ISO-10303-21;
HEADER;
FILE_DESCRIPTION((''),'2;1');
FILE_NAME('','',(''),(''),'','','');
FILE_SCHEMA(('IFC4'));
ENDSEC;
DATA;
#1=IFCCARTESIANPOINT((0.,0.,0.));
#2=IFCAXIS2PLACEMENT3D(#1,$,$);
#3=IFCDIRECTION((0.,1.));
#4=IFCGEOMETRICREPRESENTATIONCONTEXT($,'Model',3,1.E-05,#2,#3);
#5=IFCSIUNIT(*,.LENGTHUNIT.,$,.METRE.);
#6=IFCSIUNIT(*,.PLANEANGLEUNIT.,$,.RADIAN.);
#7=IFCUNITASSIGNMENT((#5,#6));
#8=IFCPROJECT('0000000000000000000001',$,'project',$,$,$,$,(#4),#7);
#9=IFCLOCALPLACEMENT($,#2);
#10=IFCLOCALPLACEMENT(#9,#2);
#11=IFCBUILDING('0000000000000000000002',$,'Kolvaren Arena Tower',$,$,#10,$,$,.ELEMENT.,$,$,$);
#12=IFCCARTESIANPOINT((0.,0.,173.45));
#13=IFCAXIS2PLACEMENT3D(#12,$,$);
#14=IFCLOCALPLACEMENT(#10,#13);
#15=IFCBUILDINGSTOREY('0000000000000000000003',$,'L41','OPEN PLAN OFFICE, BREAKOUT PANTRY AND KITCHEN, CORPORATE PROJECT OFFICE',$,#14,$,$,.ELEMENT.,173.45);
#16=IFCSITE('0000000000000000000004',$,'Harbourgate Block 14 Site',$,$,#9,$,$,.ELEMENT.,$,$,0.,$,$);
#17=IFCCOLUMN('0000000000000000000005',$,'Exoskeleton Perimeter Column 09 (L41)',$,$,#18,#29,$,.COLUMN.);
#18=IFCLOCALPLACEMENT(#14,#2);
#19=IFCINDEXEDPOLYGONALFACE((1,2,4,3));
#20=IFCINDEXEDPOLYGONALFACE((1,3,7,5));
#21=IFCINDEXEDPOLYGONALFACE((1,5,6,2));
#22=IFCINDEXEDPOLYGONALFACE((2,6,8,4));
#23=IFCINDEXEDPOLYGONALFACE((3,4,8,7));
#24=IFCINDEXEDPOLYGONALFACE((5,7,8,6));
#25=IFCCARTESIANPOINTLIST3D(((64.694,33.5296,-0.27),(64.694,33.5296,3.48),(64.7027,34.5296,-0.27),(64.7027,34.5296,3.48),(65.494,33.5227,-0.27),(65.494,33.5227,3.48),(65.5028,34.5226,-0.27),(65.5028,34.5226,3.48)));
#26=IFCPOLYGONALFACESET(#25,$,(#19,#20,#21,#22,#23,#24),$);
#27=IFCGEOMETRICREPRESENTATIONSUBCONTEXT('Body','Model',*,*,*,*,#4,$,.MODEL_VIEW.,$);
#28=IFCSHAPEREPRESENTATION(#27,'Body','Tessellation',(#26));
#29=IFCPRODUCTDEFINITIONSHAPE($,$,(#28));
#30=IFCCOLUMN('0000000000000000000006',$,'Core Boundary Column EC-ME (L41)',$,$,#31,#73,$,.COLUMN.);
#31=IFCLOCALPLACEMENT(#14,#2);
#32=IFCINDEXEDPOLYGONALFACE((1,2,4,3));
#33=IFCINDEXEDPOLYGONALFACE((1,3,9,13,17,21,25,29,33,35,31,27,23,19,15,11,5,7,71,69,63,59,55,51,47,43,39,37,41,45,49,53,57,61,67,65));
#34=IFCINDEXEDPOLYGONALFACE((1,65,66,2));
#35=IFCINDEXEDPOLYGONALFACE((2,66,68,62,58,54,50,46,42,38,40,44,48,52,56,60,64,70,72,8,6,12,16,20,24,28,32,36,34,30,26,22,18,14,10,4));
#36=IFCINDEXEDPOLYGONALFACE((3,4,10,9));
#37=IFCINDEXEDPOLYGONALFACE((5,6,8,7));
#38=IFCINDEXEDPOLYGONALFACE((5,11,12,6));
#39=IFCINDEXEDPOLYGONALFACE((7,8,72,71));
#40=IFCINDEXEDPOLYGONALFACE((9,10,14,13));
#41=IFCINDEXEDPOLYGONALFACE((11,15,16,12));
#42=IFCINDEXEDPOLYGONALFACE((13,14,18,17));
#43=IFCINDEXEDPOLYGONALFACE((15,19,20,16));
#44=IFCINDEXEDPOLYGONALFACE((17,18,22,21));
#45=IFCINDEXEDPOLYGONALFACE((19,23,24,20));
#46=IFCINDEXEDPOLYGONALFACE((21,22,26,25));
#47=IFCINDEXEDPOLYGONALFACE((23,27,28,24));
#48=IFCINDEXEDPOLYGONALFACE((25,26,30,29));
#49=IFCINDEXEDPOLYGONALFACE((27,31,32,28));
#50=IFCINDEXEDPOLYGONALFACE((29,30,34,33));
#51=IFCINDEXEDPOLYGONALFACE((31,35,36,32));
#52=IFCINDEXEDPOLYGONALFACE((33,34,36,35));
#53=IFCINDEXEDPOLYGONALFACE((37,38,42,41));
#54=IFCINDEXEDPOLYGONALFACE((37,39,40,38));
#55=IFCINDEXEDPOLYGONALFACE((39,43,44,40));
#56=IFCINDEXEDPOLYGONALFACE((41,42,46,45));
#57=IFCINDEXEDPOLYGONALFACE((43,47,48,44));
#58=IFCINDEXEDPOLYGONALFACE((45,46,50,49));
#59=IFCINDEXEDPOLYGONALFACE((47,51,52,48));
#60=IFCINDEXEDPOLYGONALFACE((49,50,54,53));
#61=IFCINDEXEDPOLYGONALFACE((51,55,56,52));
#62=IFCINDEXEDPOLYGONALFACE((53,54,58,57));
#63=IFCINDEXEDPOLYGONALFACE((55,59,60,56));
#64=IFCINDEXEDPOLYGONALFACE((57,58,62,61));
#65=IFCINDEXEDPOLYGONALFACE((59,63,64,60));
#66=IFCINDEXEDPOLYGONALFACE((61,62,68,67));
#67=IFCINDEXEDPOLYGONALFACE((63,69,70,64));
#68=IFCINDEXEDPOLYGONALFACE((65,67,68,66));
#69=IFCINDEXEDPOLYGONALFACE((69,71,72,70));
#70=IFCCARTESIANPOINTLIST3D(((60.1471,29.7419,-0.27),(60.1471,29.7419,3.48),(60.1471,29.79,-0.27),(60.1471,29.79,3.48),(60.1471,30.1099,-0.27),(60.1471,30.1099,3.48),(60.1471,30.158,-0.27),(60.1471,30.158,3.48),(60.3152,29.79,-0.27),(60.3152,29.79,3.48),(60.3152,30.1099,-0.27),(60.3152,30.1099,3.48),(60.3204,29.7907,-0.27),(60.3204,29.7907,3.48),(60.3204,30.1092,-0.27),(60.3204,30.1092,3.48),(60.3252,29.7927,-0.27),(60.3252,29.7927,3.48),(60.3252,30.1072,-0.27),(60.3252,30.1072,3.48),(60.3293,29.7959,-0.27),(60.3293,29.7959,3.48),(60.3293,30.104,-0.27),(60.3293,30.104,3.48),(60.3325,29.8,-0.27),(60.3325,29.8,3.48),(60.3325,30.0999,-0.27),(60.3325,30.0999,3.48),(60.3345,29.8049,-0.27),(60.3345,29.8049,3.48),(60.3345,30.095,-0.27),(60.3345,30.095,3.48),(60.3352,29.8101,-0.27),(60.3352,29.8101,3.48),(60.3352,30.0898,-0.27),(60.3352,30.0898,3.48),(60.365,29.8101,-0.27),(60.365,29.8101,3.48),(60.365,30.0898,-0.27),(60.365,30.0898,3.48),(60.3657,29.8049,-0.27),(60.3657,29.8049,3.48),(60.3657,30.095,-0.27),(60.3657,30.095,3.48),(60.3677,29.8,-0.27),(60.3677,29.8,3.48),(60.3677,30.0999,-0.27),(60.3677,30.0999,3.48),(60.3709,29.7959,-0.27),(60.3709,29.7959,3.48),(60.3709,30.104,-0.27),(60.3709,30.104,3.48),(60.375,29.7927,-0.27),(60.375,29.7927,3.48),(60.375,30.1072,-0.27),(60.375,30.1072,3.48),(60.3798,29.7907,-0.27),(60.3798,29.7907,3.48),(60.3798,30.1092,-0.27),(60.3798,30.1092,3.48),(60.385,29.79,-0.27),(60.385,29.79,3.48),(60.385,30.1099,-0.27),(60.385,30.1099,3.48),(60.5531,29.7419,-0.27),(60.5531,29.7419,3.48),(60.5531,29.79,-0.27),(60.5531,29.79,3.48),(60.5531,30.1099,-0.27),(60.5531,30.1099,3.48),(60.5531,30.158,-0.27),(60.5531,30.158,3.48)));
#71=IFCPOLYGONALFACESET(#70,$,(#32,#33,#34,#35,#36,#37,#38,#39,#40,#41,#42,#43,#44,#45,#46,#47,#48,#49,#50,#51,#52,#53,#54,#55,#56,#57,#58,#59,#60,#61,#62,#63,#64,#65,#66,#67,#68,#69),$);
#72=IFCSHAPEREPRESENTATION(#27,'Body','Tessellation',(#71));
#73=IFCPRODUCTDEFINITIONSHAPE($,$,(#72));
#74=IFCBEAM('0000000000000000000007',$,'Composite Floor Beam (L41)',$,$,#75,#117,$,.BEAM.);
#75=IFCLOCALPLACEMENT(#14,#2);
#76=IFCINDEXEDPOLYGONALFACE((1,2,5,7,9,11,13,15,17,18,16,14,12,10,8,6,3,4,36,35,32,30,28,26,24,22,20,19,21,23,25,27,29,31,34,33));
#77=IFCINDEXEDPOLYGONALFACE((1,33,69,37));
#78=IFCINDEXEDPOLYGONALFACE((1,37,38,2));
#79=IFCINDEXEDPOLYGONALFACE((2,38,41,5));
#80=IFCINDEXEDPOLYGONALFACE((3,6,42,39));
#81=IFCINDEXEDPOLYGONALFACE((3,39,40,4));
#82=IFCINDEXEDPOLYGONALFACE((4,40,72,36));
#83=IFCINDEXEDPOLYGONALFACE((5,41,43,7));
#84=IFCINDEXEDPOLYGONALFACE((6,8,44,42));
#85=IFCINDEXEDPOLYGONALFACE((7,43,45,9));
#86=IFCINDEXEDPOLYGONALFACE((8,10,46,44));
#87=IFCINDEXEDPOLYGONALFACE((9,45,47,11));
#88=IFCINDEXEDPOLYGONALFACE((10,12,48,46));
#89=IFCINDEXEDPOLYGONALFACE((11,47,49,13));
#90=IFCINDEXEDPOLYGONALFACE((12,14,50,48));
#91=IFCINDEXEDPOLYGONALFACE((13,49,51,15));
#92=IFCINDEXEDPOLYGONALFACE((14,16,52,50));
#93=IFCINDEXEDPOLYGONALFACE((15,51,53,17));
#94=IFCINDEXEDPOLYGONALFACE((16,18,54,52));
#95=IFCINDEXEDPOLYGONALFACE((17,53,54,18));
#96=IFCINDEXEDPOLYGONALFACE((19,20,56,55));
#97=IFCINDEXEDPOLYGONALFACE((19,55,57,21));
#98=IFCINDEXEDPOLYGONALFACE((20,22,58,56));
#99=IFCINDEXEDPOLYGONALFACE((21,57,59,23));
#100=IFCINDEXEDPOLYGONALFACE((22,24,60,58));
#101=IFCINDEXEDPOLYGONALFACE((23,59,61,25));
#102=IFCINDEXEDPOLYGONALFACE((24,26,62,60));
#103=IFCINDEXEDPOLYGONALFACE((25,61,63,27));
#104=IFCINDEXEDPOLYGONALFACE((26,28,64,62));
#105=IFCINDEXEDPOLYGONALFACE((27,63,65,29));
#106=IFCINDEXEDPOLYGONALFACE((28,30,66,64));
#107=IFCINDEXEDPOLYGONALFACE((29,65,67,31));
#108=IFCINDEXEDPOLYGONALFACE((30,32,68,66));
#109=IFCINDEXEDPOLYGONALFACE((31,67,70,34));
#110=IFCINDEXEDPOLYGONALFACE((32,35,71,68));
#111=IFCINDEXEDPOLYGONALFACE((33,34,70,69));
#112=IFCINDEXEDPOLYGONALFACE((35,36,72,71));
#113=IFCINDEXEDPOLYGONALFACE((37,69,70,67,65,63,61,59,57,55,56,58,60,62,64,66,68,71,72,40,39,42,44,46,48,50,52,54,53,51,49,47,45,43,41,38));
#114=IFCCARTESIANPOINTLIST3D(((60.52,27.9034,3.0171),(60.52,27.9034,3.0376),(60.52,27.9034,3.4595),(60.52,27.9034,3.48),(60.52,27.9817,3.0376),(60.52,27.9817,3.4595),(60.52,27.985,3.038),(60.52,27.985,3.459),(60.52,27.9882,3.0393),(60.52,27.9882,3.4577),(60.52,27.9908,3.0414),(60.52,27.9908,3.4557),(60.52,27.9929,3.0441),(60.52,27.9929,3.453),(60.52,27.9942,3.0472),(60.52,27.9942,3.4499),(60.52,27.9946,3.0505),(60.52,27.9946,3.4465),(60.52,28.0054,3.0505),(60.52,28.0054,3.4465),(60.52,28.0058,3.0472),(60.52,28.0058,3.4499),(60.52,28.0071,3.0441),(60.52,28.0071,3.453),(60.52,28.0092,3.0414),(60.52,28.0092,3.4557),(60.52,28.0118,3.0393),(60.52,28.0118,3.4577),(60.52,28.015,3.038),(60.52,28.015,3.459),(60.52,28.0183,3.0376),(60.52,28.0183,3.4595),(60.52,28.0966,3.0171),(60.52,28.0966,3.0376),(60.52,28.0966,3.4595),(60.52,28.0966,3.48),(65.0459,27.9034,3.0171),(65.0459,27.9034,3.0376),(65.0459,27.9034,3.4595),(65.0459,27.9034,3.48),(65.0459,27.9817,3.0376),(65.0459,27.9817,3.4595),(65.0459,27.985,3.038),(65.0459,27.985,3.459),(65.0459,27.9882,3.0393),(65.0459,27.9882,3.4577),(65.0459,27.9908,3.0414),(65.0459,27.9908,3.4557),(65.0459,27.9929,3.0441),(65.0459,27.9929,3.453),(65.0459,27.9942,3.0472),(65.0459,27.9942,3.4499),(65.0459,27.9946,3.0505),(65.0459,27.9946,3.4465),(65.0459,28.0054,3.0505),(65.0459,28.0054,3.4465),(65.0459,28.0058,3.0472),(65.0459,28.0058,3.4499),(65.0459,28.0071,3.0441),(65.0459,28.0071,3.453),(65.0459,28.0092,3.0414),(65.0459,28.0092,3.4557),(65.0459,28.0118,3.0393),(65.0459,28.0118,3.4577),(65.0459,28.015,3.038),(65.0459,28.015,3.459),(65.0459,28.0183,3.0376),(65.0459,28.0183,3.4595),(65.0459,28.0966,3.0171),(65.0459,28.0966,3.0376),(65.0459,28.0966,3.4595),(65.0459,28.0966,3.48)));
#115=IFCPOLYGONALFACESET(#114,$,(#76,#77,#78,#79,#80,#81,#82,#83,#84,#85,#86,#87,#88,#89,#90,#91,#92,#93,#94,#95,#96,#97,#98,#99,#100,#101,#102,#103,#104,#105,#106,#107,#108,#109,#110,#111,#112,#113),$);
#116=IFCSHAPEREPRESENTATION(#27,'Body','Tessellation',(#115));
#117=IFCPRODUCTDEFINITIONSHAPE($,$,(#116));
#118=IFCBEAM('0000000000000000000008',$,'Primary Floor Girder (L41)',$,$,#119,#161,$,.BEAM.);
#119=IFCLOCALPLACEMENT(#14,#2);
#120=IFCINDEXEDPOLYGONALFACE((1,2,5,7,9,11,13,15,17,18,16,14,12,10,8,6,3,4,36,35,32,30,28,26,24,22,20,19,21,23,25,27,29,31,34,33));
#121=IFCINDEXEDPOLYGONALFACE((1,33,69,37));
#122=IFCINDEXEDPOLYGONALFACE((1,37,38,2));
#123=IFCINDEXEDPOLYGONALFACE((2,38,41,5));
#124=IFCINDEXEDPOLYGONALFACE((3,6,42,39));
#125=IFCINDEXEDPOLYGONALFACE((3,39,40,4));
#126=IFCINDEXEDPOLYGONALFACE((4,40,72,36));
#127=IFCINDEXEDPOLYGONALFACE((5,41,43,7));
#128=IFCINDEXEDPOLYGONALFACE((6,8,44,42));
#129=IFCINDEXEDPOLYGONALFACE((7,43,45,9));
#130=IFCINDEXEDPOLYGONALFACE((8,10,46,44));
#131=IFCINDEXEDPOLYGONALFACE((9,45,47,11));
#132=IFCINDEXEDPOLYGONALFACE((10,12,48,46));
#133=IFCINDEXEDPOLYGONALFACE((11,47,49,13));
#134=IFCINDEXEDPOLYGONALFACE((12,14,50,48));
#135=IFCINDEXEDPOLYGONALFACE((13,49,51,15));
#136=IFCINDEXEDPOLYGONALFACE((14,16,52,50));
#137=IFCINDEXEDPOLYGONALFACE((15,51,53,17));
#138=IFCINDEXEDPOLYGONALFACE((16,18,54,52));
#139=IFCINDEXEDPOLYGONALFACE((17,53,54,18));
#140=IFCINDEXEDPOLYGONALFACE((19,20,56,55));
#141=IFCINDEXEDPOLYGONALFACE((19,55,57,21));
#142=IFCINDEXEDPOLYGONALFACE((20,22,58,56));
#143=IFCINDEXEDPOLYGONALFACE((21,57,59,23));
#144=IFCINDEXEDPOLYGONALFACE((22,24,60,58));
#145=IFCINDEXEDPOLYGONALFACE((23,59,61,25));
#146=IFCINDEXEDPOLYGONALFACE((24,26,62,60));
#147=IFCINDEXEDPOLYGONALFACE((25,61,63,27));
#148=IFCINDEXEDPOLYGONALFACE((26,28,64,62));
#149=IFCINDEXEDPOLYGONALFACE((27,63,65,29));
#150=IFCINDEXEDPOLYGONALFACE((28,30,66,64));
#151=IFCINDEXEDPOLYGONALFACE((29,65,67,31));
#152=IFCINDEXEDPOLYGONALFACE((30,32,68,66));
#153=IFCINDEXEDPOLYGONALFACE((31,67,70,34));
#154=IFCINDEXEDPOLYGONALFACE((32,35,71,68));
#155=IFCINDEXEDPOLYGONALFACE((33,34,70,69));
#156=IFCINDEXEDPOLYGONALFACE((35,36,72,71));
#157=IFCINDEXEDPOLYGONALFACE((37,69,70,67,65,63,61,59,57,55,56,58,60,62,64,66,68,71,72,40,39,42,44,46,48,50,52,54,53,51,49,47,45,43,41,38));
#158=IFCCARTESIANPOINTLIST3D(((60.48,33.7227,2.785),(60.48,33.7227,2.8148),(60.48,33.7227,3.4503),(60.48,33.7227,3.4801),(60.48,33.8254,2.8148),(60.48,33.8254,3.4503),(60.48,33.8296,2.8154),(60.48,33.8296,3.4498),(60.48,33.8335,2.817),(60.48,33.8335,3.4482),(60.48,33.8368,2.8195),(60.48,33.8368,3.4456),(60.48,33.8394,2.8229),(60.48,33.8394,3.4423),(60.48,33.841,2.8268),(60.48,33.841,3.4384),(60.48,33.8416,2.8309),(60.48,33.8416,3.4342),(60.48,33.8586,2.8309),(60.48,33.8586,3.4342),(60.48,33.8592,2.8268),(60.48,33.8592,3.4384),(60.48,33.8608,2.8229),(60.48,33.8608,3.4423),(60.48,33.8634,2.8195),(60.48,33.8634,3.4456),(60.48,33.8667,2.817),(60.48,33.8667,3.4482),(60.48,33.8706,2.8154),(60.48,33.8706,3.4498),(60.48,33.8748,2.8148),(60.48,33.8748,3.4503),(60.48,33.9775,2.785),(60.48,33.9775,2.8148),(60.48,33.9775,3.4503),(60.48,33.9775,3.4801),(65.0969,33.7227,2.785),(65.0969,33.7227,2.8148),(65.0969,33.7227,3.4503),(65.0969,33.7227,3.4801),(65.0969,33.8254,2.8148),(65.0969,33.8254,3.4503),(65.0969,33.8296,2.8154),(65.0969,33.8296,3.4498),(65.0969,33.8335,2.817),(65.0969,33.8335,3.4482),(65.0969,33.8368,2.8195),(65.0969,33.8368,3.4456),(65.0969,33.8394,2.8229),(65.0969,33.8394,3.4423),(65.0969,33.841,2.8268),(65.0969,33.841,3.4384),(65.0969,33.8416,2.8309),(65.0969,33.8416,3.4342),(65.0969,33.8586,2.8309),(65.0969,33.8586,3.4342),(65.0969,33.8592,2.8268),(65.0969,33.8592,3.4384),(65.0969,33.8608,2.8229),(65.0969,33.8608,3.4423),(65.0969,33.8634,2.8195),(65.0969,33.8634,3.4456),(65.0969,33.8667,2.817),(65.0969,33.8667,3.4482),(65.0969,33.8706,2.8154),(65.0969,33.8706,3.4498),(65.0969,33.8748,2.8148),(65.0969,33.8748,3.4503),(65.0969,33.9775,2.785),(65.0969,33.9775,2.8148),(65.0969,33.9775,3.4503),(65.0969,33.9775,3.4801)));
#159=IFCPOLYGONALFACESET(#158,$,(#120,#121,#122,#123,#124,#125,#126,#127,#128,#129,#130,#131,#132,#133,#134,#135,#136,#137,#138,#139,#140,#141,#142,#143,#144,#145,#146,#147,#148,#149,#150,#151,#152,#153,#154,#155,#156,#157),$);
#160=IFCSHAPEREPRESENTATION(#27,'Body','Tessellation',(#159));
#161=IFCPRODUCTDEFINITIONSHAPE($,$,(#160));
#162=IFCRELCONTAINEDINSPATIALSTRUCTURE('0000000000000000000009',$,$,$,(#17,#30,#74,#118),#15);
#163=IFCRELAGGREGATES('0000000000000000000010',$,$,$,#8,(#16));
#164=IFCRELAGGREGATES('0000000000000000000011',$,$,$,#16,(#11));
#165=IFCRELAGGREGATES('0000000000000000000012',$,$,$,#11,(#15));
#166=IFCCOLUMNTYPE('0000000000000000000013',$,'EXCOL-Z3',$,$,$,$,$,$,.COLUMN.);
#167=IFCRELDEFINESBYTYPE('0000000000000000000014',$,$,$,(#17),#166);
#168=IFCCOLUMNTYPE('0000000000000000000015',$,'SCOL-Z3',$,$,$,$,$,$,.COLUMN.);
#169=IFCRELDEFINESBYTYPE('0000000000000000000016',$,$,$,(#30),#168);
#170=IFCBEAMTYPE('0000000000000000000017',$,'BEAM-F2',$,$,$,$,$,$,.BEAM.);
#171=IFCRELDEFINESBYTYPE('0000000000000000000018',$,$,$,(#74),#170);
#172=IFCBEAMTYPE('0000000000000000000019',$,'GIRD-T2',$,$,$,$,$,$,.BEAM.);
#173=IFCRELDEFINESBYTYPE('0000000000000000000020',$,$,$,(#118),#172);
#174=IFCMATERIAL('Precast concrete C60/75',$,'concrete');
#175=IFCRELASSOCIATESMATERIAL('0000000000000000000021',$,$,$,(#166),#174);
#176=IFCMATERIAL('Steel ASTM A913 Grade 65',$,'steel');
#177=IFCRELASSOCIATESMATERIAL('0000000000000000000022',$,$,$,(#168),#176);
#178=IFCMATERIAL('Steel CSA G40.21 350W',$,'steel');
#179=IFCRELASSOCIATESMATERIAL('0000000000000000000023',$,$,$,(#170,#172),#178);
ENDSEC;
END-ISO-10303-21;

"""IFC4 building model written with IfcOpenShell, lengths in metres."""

from ifc_helpers import new_model, si_unit, direction, frame, origin, origin_2d, place, context, subcontext, project, spatial, rectangle, i_section, extrude, material, material_profile, profile_set, type_object, element, save


model = new_model("IFC4")

# Units and contexts
model_context = context("Model", 3, precision=1e-05, world=origin(), true_north=direction((0.0, 1.0)))
body_context = subcontext(model_context, "Body", "Model", "MODEL_VIEW")
ifc_project = project(units=[si_unit("LENGTHUNIT", "METRE"), si_unit("PLANEANGLEUNIT", "RADIAN")], contexts=[model_context])

# Site, building, storey
site_placement = place(None, origin())
site = spatial("IfcSite", under=ifc_project, at=site_placement, Name="Harbourgate Block 14 Site", CompositionType="ELEMENT", RefElevation=0.0)
building_placement = place(site_placement, origin())
building = spatial("IfcBuilding", under=site, at=building_placement, Name="Kolvaren Arena Tower", CompositionType="ELEMENT")
storey_placement = place(building_placement, frame((0.0, 0.0, 173.45)))
storey = spatial("IfcBuildingStorey", under=building, at=storey_placement, Name="L41", Description="OPEN PLAN OFFICE, BREAKOUT PANTRY AND KITCHEN, CORPORATE PROJECT OFFICE", CompositionType="ELEMENT", Elevation=173.45)

# Columns
ifc_material_1 = material(Name="Precast concrete C60/75", Category="concrete")
ifc_material_profile_1 = material_profile(ifc_material_1, rectangle(XDim=1.0, YDim=0.8, at=origin_2d()), Name="RC-1000x800")
ifc_profile_set_1 = profile_set([ifc_material_profile_1], Name="Precast concrete C60/75")
column_type_1 = type_object("IfcColumnType", Name="EXCOL-Z3", PredefinedType="COLUMN", material=ifc_profile_set_1)
column_1_placement = place(storey_placement, frame((65.0984, 34.0261, -0.27), z_axis=(0.0, 0.0, 1.0), x_axis=(0.008727, 0.999962, 0.0)))
element("IfcColumn", 1, at=column_1_placement, inside=storey, type_object=column_type_1, Name="Exoskeleton Perimeter Column 09 (L41)", PredefinedType="COLUMN", context=body_context, shape_type="SweptSolid", body=[
    extrude(rectangle(XDim=1.0, YDim=0.8, at=origin_2d()), origin(), (0.0, 0.0, 1.0), 3.75),
])
ifc_material_2 = material(Name="Steel ASTM A913 Grade 65", Category="steel")
ifc_material_profile_2 = material_profile(ifc_material_2, i_section(OverallWidth=0.406, OverallDepth=0.416, WebThickness=0.0298, FlangeThickness=0.0481, FilletRadius=0.02, at=origin_2d()), Name="W360x382")
ifc_profile_set_2 = profile_set([ifc_material_profile_2], Name="Steel ASTM A913 Grade 65")
column_type_2 = type_object("IfcColumnType", Name="SCOL-Z3", PredefinedType="COLUMN", material=ifc_profile_set_2)
column_2_placement = place(storey_placement, frame((60.3501, 29.95, -0.27), z_axis=(0.0, 0.0, 1.0), x_axis=(1.0, 0.0, 0.0)))
element("IfcColumn", 2, at=column_2_placement, inside=storey, type_object=column_type_2, Name="Core Boundary Column EC-ME (L41)", PredefinedType="COLUMN", context=body_context, shape_type="SweptSolid", body=[
    extrude(i_section(OverallWidth=0.406, OverallDepth=0.416, WebThickness=0.0298, FlangeThickness=0.0481, FilletRadius=0.02, at=origin_2d()), origin(), (0.0, 0.0, 1.0), 3.75),
])

# Beams
ifc_material_3 = material(Name="Steel CSA G40.21 350W", Category="steel")
ifc_material_profile_3 = material_profile(ifc_material_3, i_section(OverallWidth=0.1931, OverallDepth=0.4629, WebThickness=0.0107, FlangeThickness=0.0205, FilletRadius=0.0129, at=origin_2d()), Name="W460x113")
ifc_profile_set_3 = profile_set([ifc_material_profile_3], Name="Steel CSA G40.21 350W")
beam_type_1 = type_object("IfcBeamType", Name="BEAM-F2", PredefinedType="BEAM", material=ifc_profile_set_3)
beam_1_placement = place(storey_placement, frame((60.52, 28.0, 3.2485), z_axis=(1.0, 0.0, 0.0), x_axis=(0.0, 1.0, 0.0)))
element("IfcBeam", 3, at=beam_1_placement, inside=storey, type_object=beam_type_1, Name="Composite Floor Beam (L41)", PredefinedType="BEAM", context=body_context, shape_type="SweptSolid", body=[
    extrude(i_section(OverallWidth=0.1931, OverallDepth=0.4629, WebThickness=0.0107, FlangeThickness=0.0205, FilletRadius=0.0129, at=origin_2d()), origin(), (0.0, 0.0, 1.0), 4.5259),
])
ifc_material_profile_4 = material_profile(ifc_material_3, i_section(OverallWidth=0.2549, OverallDepth=0.6951, WebThickness=0.0171, FlangeThickness=0.0298, FilletRadius=0.0161, at=origin_2d()), Name="W690x217")
ifc_profile_set_4 = profile_set([ifc_material_profile_4], Name="Steel CSA G40.21 350W")
beam_type_2 = type_object("IfcBeamType", Name="GIRD-T2", PredefinedType="BEAM", material=ifc_profile_set_4)
beam_2_placement = place(storey_placement, frame((60.48, 33.8501, 3.1326), z_axis=(1.0, 0.0, 0.0), x_axis=(0.0, 1.0, 0.0)))
element("IfcBeam", 4, at=beam_2_placement, inside=storey, type_object=beam_type_2, Name="Primary Floor Girder (L41)", PredefinedType="BEAM", context=body_context, shape_type="SweptSolid", body=[
    extrude(i_section(OverallWidth=0.2549, OverallDepth=0.6951, WebThickness=0.0171, FlangeThickness=0.0298, FilletRadius=0.0161, at=origin_2d()), origin(), (0.0, 0.0, 1.0), 4.6169),
])

save(model, "model.ifc")
